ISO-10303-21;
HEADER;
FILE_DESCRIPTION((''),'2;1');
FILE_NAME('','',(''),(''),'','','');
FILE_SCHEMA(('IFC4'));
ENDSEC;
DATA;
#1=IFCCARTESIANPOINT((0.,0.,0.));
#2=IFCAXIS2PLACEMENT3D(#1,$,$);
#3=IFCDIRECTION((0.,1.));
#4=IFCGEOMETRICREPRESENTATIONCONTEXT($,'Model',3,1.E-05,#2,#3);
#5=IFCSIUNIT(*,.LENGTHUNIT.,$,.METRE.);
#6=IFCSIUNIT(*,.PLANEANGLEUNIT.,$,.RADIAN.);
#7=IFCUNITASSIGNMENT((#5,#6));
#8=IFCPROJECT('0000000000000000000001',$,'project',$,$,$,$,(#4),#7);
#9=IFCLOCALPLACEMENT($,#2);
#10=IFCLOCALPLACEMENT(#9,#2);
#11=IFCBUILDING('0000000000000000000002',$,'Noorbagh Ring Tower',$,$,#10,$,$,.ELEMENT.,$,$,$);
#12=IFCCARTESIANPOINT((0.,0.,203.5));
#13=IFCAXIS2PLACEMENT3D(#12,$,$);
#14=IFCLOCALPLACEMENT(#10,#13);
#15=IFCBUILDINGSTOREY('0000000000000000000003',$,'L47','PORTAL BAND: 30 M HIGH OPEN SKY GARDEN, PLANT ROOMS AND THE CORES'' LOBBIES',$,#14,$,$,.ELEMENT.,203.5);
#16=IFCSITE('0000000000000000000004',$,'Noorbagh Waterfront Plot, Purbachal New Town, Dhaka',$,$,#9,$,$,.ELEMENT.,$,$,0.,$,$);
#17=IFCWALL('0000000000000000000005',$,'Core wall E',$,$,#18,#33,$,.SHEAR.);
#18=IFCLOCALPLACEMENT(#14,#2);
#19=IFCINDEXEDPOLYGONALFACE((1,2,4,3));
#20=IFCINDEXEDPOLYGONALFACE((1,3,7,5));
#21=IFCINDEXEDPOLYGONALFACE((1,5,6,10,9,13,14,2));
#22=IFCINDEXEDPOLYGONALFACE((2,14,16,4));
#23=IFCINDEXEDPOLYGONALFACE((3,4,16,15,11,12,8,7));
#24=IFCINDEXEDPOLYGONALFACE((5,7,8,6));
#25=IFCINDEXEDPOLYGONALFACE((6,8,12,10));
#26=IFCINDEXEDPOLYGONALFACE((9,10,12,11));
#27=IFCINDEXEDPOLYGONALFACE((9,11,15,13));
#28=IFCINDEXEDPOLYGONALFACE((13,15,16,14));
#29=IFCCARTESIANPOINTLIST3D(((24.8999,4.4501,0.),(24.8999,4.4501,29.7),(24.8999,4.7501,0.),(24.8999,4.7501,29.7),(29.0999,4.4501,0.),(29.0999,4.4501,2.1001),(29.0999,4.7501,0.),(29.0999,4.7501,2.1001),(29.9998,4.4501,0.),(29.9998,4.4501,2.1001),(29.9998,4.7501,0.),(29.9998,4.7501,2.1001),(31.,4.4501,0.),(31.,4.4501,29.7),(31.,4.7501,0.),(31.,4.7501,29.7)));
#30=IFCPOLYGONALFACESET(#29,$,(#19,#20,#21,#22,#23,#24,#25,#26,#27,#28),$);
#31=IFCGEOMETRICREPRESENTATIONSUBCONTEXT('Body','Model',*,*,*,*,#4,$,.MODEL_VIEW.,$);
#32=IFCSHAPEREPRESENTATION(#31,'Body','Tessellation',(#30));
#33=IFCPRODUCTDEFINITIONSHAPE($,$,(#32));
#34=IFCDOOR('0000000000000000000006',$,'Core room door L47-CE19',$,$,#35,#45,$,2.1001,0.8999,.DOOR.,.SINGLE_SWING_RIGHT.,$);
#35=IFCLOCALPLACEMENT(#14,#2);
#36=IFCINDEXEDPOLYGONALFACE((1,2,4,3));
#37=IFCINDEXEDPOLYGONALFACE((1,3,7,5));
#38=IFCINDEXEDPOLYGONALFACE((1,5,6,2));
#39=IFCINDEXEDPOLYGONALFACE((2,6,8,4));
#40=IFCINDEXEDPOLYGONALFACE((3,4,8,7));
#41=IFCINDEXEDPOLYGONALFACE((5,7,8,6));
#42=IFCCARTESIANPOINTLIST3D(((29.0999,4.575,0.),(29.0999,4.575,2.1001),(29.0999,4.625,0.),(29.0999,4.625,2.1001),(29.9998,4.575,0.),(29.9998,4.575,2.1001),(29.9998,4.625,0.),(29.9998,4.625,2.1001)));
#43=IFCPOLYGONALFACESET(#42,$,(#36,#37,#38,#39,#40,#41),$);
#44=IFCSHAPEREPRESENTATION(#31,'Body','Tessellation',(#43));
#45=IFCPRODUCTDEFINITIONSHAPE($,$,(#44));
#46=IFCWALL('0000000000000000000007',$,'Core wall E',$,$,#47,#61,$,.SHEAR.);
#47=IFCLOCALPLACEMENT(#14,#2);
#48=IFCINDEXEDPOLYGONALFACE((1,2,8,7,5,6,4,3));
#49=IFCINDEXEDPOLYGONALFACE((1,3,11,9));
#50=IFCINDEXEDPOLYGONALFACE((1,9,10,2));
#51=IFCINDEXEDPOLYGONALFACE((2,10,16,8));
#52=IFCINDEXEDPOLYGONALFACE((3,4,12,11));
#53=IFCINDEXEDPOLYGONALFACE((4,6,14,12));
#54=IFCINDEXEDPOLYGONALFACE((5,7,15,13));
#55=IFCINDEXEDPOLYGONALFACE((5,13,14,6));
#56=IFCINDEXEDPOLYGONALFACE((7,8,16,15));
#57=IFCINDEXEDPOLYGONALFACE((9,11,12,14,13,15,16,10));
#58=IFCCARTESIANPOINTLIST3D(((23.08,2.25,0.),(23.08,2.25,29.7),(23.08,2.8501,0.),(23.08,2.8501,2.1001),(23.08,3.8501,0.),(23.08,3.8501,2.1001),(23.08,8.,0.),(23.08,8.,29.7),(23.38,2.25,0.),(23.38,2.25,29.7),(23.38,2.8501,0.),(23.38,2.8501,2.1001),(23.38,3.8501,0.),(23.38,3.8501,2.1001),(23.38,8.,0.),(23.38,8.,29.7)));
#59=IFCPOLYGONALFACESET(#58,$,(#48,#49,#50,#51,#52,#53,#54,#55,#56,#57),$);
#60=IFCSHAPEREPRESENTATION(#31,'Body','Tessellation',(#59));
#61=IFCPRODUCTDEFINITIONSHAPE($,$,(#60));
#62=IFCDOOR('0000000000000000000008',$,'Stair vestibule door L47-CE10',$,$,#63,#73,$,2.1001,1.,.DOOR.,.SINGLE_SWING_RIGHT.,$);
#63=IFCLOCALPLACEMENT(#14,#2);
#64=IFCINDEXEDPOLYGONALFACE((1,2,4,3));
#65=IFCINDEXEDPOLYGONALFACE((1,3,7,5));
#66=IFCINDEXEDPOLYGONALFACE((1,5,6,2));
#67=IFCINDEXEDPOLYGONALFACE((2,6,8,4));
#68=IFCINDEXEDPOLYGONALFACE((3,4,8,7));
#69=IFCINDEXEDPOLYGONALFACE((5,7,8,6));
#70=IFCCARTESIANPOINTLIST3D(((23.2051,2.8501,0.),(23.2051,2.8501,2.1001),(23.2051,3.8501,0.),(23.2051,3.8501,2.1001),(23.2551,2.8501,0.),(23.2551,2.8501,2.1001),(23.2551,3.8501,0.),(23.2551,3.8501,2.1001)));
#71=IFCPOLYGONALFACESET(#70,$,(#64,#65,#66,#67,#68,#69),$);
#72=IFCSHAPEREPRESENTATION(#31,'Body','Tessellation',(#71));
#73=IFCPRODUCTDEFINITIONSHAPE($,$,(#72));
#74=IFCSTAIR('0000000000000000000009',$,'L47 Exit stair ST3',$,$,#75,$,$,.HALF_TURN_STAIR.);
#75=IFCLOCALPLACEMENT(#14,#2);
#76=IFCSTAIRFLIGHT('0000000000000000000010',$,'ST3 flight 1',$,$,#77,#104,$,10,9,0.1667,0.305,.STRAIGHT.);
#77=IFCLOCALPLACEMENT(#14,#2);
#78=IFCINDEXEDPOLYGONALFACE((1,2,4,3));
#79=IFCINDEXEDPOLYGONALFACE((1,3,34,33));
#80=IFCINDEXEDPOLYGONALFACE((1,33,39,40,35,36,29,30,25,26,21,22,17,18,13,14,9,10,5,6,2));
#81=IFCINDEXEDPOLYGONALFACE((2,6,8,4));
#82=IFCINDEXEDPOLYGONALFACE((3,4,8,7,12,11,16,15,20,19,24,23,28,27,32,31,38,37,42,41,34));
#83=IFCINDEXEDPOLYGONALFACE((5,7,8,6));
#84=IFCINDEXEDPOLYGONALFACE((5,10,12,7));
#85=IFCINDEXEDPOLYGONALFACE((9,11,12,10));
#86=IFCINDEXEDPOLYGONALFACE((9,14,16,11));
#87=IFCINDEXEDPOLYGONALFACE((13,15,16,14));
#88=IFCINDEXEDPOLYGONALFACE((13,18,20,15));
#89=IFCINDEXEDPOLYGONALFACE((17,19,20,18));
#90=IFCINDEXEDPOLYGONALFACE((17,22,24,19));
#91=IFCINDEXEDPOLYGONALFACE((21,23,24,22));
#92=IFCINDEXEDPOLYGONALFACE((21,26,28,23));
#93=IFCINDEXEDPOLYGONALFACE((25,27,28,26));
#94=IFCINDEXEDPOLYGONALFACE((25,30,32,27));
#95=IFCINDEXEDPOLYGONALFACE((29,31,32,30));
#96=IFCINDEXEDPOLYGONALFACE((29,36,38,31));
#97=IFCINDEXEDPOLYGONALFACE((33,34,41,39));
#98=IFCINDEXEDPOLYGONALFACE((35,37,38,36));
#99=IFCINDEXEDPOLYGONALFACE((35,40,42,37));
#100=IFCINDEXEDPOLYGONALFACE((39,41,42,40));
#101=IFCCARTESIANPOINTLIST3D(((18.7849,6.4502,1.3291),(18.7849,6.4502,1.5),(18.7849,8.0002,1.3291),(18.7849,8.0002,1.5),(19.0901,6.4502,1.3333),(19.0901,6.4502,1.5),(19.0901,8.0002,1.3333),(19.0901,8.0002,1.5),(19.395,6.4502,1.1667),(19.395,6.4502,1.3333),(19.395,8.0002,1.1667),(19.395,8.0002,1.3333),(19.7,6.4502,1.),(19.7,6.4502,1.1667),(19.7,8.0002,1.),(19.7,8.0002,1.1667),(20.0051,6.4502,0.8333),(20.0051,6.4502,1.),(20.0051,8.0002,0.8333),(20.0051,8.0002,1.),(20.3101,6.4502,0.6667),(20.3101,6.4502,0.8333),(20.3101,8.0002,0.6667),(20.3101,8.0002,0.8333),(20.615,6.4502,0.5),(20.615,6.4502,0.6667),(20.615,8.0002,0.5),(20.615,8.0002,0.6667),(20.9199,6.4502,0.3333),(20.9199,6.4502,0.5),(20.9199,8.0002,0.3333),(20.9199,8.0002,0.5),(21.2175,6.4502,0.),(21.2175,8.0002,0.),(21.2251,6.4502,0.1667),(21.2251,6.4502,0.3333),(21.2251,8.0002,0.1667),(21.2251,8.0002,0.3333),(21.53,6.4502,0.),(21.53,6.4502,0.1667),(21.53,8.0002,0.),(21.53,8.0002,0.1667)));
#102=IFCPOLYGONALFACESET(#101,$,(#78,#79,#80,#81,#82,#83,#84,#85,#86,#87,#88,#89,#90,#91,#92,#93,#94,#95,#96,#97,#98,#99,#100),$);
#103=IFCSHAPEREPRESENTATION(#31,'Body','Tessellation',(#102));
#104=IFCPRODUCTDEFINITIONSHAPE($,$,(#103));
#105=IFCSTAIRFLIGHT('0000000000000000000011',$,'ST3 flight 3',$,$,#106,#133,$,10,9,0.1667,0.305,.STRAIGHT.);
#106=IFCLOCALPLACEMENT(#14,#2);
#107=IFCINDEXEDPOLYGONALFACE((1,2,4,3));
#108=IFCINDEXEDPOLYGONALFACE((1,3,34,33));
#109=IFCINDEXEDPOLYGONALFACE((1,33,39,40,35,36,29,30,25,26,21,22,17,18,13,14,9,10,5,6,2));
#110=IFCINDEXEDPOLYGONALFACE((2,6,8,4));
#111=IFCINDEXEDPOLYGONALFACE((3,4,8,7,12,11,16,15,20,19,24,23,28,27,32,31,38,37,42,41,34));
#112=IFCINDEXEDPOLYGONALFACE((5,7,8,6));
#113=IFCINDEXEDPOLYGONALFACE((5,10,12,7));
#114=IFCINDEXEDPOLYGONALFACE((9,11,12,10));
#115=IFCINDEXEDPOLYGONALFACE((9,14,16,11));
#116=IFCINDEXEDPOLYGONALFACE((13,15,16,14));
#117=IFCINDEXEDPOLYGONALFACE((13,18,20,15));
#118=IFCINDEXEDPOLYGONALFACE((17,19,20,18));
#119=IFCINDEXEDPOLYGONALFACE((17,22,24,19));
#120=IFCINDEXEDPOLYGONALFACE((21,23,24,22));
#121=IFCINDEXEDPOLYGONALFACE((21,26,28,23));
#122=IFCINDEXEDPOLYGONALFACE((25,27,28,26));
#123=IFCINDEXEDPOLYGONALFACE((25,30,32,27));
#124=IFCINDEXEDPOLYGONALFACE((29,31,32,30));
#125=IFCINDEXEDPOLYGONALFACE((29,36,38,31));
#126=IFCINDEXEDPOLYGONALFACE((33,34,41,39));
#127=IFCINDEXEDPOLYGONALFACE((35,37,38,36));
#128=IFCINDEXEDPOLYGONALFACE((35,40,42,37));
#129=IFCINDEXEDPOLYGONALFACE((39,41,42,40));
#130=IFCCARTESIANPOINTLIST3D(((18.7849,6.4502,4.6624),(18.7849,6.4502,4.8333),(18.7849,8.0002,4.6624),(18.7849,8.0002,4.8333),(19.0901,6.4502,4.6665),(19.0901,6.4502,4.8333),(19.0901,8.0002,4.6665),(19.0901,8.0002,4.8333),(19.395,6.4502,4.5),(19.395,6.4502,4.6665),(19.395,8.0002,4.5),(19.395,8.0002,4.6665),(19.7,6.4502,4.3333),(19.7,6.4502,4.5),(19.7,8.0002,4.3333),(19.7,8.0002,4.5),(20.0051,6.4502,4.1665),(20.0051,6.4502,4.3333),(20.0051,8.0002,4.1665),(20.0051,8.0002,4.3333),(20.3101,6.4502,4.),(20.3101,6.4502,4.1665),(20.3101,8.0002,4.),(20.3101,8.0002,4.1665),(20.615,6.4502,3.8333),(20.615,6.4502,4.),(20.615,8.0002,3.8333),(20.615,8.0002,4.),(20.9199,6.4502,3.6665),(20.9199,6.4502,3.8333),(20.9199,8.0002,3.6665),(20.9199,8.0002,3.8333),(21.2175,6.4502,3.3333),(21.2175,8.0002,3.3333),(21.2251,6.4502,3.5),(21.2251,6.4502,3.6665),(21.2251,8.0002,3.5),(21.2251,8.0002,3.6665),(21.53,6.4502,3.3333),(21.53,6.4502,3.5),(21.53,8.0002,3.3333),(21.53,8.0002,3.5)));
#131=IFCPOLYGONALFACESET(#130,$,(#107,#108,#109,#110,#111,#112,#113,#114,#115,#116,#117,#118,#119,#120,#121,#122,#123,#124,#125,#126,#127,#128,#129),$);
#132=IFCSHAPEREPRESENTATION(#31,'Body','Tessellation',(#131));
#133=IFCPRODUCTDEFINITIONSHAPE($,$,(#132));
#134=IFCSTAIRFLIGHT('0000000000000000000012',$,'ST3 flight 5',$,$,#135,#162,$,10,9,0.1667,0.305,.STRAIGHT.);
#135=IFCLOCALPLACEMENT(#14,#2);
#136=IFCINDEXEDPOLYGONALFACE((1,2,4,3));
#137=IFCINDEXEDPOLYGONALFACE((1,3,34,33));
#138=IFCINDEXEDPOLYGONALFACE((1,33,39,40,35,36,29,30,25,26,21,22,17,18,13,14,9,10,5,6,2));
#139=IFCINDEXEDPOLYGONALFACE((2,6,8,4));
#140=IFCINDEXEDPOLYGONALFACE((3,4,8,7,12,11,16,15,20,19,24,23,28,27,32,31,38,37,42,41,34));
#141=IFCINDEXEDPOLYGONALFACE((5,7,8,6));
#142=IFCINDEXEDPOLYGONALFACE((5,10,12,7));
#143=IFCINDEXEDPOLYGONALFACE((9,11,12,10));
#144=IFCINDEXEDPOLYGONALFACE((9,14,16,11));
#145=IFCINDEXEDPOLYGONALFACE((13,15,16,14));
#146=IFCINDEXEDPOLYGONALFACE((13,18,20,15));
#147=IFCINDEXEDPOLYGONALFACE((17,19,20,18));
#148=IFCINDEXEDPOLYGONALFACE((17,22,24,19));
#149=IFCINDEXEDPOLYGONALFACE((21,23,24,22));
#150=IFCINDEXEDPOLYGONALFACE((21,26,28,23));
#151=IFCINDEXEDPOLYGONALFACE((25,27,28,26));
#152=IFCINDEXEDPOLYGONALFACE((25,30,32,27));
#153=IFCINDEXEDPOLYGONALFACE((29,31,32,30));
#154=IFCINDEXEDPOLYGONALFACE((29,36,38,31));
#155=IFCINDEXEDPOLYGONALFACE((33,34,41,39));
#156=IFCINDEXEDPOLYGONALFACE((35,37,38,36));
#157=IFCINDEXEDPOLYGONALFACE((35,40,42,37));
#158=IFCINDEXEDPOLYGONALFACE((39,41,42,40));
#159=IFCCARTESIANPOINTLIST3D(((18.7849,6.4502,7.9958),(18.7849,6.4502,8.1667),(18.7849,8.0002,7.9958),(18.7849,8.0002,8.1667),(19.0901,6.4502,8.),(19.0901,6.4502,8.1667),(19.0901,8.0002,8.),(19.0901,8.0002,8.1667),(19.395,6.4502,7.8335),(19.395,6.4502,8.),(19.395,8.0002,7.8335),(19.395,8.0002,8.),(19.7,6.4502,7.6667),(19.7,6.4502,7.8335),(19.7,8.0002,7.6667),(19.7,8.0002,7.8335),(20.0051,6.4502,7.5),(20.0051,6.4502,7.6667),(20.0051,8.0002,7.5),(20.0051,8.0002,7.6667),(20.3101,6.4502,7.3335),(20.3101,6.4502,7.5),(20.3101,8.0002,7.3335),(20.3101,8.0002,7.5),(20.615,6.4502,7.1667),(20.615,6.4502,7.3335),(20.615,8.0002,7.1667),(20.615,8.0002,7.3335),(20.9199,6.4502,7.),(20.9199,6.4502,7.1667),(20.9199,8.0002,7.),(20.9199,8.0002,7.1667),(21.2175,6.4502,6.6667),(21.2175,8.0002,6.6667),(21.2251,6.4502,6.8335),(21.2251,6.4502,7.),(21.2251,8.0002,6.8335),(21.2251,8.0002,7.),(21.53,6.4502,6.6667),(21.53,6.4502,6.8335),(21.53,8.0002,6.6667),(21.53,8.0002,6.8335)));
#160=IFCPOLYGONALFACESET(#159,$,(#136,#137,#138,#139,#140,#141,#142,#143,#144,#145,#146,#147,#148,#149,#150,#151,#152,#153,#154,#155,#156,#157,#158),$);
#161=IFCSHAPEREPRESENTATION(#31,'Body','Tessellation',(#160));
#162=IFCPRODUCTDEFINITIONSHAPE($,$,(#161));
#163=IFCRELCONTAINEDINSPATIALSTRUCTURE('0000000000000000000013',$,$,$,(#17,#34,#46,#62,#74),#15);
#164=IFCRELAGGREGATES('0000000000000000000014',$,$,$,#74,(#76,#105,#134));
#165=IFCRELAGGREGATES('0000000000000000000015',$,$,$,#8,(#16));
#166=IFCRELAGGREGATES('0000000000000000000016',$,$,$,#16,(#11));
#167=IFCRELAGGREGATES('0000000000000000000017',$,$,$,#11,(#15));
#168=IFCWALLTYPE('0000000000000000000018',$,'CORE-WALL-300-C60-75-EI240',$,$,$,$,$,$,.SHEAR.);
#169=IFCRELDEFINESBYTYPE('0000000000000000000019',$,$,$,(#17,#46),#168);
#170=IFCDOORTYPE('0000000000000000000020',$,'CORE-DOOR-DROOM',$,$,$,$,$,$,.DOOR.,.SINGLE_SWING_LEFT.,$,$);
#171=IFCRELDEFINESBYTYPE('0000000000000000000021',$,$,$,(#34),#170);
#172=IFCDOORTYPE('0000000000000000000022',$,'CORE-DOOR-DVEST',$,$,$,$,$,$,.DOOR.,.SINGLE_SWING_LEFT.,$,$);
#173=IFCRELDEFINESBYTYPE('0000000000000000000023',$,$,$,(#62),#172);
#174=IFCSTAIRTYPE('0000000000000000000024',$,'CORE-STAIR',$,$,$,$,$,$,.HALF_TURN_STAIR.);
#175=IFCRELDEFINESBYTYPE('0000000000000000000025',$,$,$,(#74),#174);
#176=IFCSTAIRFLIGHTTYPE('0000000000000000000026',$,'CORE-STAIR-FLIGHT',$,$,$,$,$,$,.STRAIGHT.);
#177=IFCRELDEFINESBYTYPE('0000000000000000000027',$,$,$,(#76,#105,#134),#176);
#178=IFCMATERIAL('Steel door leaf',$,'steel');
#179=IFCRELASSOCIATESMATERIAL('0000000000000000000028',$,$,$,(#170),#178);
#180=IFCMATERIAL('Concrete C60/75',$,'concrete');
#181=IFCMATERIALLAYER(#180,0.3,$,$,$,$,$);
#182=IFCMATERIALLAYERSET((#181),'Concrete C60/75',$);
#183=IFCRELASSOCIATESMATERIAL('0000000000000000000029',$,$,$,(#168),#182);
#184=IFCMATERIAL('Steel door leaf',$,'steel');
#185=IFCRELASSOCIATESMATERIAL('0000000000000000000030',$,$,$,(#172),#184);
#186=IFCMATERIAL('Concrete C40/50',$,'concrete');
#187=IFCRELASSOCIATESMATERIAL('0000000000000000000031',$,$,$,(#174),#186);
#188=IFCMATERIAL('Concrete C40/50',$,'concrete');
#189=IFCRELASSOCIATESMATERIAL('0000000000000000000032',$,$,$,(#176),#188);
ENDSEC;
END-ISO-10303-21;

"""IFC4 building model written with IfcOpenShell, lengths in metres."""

from ifc_helpers import new_model, si_unit, direction, frame, frame_2d, origin, place, context, subcontext, project, spatial, polyline, rectangle, outline, extrude, material, layer, layer_set, type_object, element, fill, aggregate, save


model = new_model("IFC4")

# Units and contexts
model_context = context("Model", 3, precision=1e-05, world=origin(), true_north=direction((0.0, 1.0)))
body_context = subcontext(model_context, "Body", "Model", "MODEL_VIEW")
ifc_project = project(units=[si_unit("LENGTHUNIT", "METRE"), si_unit("PLANEANGLEUNIT", "RADIAN")], contexts=[model_context])

# Site, building, storey
site_placement = place(None, origin())
site = spatial("IfcSite", under=ifc_project, at=site_placement, Name="Noorbagh Waterfront Plot, Purbachal New Town, Dhaka", CompositionType="ELEMENT", RefElevation=0.0)
building_placement = place(site_placement, origin())
building = spatial("IfcBuilding", under=site, at=building_placement, Name="Noorbagh Ring Tower", CompositionType="ELEMENT")
storey_placement = place(building_placement, frame((0.0, 0.0, 203.5)))
storey = spatial("IfcBuildingStorey", under=building, at=storey_placement, Name="L47", Description="PORTAL BAND: 30 M HIGH OPEN SKY GARDEN, PLANT ROOMS AND THE CORES' LOBBIES", CompositionType="ELEMENT", Elevation=203.5)

# Shared definitions
ifc_material_1 = material(Name="Steel door leaf", Category="steel")
door_type_1 = type_object("IfcDoorType", Name="CORE-DOOR-DROOM", OperationType="SINGLE_SWING_LEFT", PredefinedType="DOOR", material=ifc_material_1)

# Walls, openings, doors
ifc_material_2 = material(Name="Concrete C60/75", Category="concrete")
ifc_layer_1 = layer(ifc_material_2, 0.3)
ifc_layer_set_1 = layer_set([ifc_layer_1], Name="Concrete C60/75")
wall_type_1 = type_object("IfcWallType", Name="CORE-WALL-300-C60-75-EI240", PredefinedType="SHEAR", material=ifc_layer_set_1)
wall_1_placement = place(storey_placement, frame((24.8999, 4.6001, 0.0), z_axis=(0.0, 0.0, 1.0), x_axis=(1.0, 0.0, 0.0)))
wall_1 = element("IfcWall", 1, at=wall_1_placement, inside=storey, type_object=wall_type_1, Name="Core wall E", PredefinedType="SHEAR", context=body_context, shape_type="SweptSolid", body=[
    extrude(rectangle(XDim=6.1001, YDim=0.3, at=frame_2d((3.05, 0.0))), origin(), (0.0, 0.0, 1.0), 29.7),
])
opening_1_placement = place(wall_1_placement, frame((4.2, 0.0, 0.0)))
opening_1 = element("IfcOpeningElement", 2, at=opening_1_placement, cuts=wall_1, PredefinedType="OPENING", context=body_context, shape_type="SweptSolid", body=[
    extrude(rectangle(XDim=0.8999, YDim=2.1001, at=frame_2d((0.45, 1.05))), frame((0.0, 0.1602, 0.0), z_axis=(0.0, -1.0, 0.0), x_axis=(1.0, 0.0, 0.0)), (0.0, 0.0, 1.0), 0.3201),
])
door_1_placement = place(opening_1_placement, origin())
door_1 = element("IfcDoor", 3, at=door_1_placement, inside=storey, type_object=door_type_1, Name="Core room door L47-CE19", OperationType="SINGLE_SWING_RIGHT", OverallHeight=2.1001, OverallWidth=0.8999, PredefinedType="DOOR", context=body_context, shape_type="SweptSolid", body=[
    extrude(rectangle(XDim=0.8999, YDim=2.1001, at=frame_2d((0.45, 1.05))), frame((0.0, 0.0249, 0.0), z_axis=(0.0, -1.0, 0.0), x_axis=(1.0, 0.0, 0.0)), (0.0, 0.0, 1.0), 0.05),
])
fill(opening_1, door_1)
wall_2_placement = place(storey_placement, frame((23.23, 2.25, 0.0), z_axis=(0.0, 0.0, 1.0), x_axis=(0.0, 1.0, 0.0)))
wall_2 = element("IfcWall", 4, at=wall_2_placement, inside=storey, type_object=wall_type_1, Name="Core wall E", PredefinedType="SHEAR", context=body_context, shape_type="SweptSolid", body=[
    extrude(rectangle(XDim=5.75, YDim=0.3, at=frame_2d((2.875, 0.0))), origin(), (0.0, 0.0, 1.0), 29.7),
])
opening_2_placement = place(wall_2_placement, frame((0.6001, 0.0, 0.0)))
opening_2 = element("IfcOpeningElement", 5, at=opening_2_placement, cuts=wall_2, PredefinedType="OPENING", context=body_context, shape_type="SweptSolid", body=[
    extrude(rectangle(XDim=1.0, YDim=2.1001, at=frame_2d((0.5, 1.05))), frame((0.0, 0.1602, 0.0), z_axis=(0.0, -1.0, 0.0), x_axis=(1.0, 0.0, 0.0)), (0.0, 0.0, 1.0), 0.3201),
])
ifc_material_3 = material(Name="Steel door leaf", Category="steel")
door_type_2 = type_object("IfcDoorType", Name="CORE-DOOR-DVEST", OperationType="SINGLE_SWING_LEFT", PredefinedType="DOOR", material=ifc_material_3)
door_2_placement = place(opening_2_placement, origin())
door_2 = element("IfcDoor", 6, at=door_2_placement, inside=storey, type_object=door_type_2, Name="Stair vestibule door L47-CE10", OperationType="SINGLE_SWING_RIGHT", OverallHeight=2.1001, OverallWidth=1.0, PredefinedType="DOOR", context=body_context, shape_type="SweptSolid", body=[
    extrude(rectangle(XDim=1.0, YDim=2.1001, at=frame_2d((0.5, 1.05))), frame((0.0, 0.0249, 0.0), z_axis=(0.0, -1.0, 0.0), x_axis=(1.0, 0.0, 0.0)), (0.0, 0.0, 1.0), 0.05),
])
fill(opening_2, door_2)

# Stair, stair flights
ifc_material_4 = material(Name="Concrete C40/50", Category="concrete")
stair_type = type_object("IfcStairType", Name="CORE-STAIR", PredefinedType="HALF_TURN_STAIR", material=ifc_material_4)
stair_placement = place(storey_placement, origin())
stair = element("IfcStair", 7, at=stair_placement, inside=storey, type_object=stair_type, Name="L47 Exit stair ST3", PredefinedType="HALF_TURN_STAIR")
ifc_material_5 = material(Name="Concrete C40/50", Category="concrete")
stair_flight_type = type_object("IfcStairFlightType", Name="CORE-STAIR-FLIGHT", PredefinedType="STRAIGHT", material=ifc_material_5)
stair_flight_1_placement = place(storey_placement, frame((21.53, 7.2251, 0.0), z_axis=(0.0, 0.0, 1.0), x_axis=(-1.0, 0.0, 0.0)))
stair_flight_1 = element("IfcStairFlight", 8, at=stair_flight_1_placement, type_object=stair_flight_type, Name="ST3 flight 1", NumberOfRisers=10, NumberOfTreads=9, PredefinedType="STRAIGHT", RiserHeight=0.1667, TreadLength=0.305, context=body_context, shape_type="SweptSolid", body=[
    extrude(outline(polyline([(0.0, 0.0), (0.0, 0.1667), (0.3049, 0.1667), (0.3049, 0.3333), (0.6101, 0.3333), (0.6101, 0.5), (0.915, 0.5), (0.915, 0.6667), (1.22, 0.6667), (1.22, 0.8333), (1.5249, 0.8333), (1.5249, 1.0), (1.8301, 1.0), (1.8301, 1.1667), (2.135, 1.1667), (2.135, 1.3333), (2.4399, 1.3333), (2.4399, 1.5), (2.7451, 1.5), (2.7451, 1.6667), (2.7451, 1.3291), (0.3125, 0.0), (0.0, 0.0)])), frame((0.0, 0.7749, 0.0), z_axis=(0.0, -1.0, 0.0), x_axis=(1.0, 0.0, 0.0)), (0.0, 0.0, 1.0), 1.55),
])
stair_flight_2_placement = place(storey_placement, frame((21.53, 7.2251, 3.3333), z_axis=(0.0, 0.0, 1.0), x_axis=(-1.0, 0.0, 0.0)))
stair_flight_2 = element("IfcStairFlight", 9, at=stair_flight_2_placement, type_object=stair_flight_type, Name="ST3 flight 3", NumberOfRisers=10, NumberOfTreads=9, PredefinedType="STRAIGHT", RiserHeight=0.1667, TreadLength=0.305, context=body_context, shape_type="SweptSolid", body=[
    extrude(outline(polyline([(0.0, 0.0), (0.0, 0.1667), (0.3049, 0.1667), (0.3049, 0.3333), (0.6101, 0.3333), (0.6101, 0.5), (0.915, 0.5), (0.915, 0.6667), (1.22, 0.6667), (1.22, 0.8333), (1.5249, 0.8333), (1.5249, 1.0), (1.8301, 1.0), (1.8301, 1.1667), (2.135, 1.1667), (2.135, 1.3333), (2.4399, 1.3333), (2.4399, 1.5), (2.7451, 1.5), (2.7451, 1.6667), (2.7451, 1.3291), (0.3125, 0.0), (0.0, 0.0)])), frame((0.0, 0.7749, 0.0), z_axis=(0.0, -1.0, 0.0), x_axis=(1.0, 0.0, 0.0)), (0.0, 0.0, 1.0), 1.55),
])
stair_flight_3_placement = place(storey_placement, frame((21.53, 7.2251, 6.6667), z_axis=(0.0, 0.0, 1.0), x_axis=(-1.0, 0.0, 0.0)))
stair_flight_3 = element("IfcStairFlight", 10, at=stair_flight_3_placement, type_object=stair_flight_type, Name="ST3 flight 5", NumberOfRisers=10, NumberOfTreads=9, PredefinedType="STRAIGHT", RiserHeight=0.1667, TreadLength=0.305, context=body_context, shape_type="SweptSolid", body=[
    extrude(outline(polyline([(0.0, 0.0), (0.0, 0.1667), (0.3049, 0.1667), (0.3049, 0.3333), (0.6101, 0.3333), (0.6101, 0.5), (0.915, 0.5), (0.915, 0.6667), (1.22, 0.6667), (1.22, 0.8333), (1.5249, 0.8333), (1.5249, 1.0), (1.8301, 1.0), (1.8301, 1.1667), (2.135, 1.1667), (2.135, 1.3333), (2.4399, 1.3333), (2.4399, 1.5), (2.7451, 1.5), (2.7451, 1.6667), (2.7451, 1.3291), (0.3125, 0.0), (0.0, 0.0)])), frame((0.0, 0.7749, 0.0), z_axis=(0.0, -1.0, 0.0), x_axis=(1.0, 0.0, 0.0)), (0.0, 0.0, 1.0), 1.55),
])
aggregate(stair, [stair_flight_1, stair_flight_2, stair_flight_3])

save(model, "model.ifc")
